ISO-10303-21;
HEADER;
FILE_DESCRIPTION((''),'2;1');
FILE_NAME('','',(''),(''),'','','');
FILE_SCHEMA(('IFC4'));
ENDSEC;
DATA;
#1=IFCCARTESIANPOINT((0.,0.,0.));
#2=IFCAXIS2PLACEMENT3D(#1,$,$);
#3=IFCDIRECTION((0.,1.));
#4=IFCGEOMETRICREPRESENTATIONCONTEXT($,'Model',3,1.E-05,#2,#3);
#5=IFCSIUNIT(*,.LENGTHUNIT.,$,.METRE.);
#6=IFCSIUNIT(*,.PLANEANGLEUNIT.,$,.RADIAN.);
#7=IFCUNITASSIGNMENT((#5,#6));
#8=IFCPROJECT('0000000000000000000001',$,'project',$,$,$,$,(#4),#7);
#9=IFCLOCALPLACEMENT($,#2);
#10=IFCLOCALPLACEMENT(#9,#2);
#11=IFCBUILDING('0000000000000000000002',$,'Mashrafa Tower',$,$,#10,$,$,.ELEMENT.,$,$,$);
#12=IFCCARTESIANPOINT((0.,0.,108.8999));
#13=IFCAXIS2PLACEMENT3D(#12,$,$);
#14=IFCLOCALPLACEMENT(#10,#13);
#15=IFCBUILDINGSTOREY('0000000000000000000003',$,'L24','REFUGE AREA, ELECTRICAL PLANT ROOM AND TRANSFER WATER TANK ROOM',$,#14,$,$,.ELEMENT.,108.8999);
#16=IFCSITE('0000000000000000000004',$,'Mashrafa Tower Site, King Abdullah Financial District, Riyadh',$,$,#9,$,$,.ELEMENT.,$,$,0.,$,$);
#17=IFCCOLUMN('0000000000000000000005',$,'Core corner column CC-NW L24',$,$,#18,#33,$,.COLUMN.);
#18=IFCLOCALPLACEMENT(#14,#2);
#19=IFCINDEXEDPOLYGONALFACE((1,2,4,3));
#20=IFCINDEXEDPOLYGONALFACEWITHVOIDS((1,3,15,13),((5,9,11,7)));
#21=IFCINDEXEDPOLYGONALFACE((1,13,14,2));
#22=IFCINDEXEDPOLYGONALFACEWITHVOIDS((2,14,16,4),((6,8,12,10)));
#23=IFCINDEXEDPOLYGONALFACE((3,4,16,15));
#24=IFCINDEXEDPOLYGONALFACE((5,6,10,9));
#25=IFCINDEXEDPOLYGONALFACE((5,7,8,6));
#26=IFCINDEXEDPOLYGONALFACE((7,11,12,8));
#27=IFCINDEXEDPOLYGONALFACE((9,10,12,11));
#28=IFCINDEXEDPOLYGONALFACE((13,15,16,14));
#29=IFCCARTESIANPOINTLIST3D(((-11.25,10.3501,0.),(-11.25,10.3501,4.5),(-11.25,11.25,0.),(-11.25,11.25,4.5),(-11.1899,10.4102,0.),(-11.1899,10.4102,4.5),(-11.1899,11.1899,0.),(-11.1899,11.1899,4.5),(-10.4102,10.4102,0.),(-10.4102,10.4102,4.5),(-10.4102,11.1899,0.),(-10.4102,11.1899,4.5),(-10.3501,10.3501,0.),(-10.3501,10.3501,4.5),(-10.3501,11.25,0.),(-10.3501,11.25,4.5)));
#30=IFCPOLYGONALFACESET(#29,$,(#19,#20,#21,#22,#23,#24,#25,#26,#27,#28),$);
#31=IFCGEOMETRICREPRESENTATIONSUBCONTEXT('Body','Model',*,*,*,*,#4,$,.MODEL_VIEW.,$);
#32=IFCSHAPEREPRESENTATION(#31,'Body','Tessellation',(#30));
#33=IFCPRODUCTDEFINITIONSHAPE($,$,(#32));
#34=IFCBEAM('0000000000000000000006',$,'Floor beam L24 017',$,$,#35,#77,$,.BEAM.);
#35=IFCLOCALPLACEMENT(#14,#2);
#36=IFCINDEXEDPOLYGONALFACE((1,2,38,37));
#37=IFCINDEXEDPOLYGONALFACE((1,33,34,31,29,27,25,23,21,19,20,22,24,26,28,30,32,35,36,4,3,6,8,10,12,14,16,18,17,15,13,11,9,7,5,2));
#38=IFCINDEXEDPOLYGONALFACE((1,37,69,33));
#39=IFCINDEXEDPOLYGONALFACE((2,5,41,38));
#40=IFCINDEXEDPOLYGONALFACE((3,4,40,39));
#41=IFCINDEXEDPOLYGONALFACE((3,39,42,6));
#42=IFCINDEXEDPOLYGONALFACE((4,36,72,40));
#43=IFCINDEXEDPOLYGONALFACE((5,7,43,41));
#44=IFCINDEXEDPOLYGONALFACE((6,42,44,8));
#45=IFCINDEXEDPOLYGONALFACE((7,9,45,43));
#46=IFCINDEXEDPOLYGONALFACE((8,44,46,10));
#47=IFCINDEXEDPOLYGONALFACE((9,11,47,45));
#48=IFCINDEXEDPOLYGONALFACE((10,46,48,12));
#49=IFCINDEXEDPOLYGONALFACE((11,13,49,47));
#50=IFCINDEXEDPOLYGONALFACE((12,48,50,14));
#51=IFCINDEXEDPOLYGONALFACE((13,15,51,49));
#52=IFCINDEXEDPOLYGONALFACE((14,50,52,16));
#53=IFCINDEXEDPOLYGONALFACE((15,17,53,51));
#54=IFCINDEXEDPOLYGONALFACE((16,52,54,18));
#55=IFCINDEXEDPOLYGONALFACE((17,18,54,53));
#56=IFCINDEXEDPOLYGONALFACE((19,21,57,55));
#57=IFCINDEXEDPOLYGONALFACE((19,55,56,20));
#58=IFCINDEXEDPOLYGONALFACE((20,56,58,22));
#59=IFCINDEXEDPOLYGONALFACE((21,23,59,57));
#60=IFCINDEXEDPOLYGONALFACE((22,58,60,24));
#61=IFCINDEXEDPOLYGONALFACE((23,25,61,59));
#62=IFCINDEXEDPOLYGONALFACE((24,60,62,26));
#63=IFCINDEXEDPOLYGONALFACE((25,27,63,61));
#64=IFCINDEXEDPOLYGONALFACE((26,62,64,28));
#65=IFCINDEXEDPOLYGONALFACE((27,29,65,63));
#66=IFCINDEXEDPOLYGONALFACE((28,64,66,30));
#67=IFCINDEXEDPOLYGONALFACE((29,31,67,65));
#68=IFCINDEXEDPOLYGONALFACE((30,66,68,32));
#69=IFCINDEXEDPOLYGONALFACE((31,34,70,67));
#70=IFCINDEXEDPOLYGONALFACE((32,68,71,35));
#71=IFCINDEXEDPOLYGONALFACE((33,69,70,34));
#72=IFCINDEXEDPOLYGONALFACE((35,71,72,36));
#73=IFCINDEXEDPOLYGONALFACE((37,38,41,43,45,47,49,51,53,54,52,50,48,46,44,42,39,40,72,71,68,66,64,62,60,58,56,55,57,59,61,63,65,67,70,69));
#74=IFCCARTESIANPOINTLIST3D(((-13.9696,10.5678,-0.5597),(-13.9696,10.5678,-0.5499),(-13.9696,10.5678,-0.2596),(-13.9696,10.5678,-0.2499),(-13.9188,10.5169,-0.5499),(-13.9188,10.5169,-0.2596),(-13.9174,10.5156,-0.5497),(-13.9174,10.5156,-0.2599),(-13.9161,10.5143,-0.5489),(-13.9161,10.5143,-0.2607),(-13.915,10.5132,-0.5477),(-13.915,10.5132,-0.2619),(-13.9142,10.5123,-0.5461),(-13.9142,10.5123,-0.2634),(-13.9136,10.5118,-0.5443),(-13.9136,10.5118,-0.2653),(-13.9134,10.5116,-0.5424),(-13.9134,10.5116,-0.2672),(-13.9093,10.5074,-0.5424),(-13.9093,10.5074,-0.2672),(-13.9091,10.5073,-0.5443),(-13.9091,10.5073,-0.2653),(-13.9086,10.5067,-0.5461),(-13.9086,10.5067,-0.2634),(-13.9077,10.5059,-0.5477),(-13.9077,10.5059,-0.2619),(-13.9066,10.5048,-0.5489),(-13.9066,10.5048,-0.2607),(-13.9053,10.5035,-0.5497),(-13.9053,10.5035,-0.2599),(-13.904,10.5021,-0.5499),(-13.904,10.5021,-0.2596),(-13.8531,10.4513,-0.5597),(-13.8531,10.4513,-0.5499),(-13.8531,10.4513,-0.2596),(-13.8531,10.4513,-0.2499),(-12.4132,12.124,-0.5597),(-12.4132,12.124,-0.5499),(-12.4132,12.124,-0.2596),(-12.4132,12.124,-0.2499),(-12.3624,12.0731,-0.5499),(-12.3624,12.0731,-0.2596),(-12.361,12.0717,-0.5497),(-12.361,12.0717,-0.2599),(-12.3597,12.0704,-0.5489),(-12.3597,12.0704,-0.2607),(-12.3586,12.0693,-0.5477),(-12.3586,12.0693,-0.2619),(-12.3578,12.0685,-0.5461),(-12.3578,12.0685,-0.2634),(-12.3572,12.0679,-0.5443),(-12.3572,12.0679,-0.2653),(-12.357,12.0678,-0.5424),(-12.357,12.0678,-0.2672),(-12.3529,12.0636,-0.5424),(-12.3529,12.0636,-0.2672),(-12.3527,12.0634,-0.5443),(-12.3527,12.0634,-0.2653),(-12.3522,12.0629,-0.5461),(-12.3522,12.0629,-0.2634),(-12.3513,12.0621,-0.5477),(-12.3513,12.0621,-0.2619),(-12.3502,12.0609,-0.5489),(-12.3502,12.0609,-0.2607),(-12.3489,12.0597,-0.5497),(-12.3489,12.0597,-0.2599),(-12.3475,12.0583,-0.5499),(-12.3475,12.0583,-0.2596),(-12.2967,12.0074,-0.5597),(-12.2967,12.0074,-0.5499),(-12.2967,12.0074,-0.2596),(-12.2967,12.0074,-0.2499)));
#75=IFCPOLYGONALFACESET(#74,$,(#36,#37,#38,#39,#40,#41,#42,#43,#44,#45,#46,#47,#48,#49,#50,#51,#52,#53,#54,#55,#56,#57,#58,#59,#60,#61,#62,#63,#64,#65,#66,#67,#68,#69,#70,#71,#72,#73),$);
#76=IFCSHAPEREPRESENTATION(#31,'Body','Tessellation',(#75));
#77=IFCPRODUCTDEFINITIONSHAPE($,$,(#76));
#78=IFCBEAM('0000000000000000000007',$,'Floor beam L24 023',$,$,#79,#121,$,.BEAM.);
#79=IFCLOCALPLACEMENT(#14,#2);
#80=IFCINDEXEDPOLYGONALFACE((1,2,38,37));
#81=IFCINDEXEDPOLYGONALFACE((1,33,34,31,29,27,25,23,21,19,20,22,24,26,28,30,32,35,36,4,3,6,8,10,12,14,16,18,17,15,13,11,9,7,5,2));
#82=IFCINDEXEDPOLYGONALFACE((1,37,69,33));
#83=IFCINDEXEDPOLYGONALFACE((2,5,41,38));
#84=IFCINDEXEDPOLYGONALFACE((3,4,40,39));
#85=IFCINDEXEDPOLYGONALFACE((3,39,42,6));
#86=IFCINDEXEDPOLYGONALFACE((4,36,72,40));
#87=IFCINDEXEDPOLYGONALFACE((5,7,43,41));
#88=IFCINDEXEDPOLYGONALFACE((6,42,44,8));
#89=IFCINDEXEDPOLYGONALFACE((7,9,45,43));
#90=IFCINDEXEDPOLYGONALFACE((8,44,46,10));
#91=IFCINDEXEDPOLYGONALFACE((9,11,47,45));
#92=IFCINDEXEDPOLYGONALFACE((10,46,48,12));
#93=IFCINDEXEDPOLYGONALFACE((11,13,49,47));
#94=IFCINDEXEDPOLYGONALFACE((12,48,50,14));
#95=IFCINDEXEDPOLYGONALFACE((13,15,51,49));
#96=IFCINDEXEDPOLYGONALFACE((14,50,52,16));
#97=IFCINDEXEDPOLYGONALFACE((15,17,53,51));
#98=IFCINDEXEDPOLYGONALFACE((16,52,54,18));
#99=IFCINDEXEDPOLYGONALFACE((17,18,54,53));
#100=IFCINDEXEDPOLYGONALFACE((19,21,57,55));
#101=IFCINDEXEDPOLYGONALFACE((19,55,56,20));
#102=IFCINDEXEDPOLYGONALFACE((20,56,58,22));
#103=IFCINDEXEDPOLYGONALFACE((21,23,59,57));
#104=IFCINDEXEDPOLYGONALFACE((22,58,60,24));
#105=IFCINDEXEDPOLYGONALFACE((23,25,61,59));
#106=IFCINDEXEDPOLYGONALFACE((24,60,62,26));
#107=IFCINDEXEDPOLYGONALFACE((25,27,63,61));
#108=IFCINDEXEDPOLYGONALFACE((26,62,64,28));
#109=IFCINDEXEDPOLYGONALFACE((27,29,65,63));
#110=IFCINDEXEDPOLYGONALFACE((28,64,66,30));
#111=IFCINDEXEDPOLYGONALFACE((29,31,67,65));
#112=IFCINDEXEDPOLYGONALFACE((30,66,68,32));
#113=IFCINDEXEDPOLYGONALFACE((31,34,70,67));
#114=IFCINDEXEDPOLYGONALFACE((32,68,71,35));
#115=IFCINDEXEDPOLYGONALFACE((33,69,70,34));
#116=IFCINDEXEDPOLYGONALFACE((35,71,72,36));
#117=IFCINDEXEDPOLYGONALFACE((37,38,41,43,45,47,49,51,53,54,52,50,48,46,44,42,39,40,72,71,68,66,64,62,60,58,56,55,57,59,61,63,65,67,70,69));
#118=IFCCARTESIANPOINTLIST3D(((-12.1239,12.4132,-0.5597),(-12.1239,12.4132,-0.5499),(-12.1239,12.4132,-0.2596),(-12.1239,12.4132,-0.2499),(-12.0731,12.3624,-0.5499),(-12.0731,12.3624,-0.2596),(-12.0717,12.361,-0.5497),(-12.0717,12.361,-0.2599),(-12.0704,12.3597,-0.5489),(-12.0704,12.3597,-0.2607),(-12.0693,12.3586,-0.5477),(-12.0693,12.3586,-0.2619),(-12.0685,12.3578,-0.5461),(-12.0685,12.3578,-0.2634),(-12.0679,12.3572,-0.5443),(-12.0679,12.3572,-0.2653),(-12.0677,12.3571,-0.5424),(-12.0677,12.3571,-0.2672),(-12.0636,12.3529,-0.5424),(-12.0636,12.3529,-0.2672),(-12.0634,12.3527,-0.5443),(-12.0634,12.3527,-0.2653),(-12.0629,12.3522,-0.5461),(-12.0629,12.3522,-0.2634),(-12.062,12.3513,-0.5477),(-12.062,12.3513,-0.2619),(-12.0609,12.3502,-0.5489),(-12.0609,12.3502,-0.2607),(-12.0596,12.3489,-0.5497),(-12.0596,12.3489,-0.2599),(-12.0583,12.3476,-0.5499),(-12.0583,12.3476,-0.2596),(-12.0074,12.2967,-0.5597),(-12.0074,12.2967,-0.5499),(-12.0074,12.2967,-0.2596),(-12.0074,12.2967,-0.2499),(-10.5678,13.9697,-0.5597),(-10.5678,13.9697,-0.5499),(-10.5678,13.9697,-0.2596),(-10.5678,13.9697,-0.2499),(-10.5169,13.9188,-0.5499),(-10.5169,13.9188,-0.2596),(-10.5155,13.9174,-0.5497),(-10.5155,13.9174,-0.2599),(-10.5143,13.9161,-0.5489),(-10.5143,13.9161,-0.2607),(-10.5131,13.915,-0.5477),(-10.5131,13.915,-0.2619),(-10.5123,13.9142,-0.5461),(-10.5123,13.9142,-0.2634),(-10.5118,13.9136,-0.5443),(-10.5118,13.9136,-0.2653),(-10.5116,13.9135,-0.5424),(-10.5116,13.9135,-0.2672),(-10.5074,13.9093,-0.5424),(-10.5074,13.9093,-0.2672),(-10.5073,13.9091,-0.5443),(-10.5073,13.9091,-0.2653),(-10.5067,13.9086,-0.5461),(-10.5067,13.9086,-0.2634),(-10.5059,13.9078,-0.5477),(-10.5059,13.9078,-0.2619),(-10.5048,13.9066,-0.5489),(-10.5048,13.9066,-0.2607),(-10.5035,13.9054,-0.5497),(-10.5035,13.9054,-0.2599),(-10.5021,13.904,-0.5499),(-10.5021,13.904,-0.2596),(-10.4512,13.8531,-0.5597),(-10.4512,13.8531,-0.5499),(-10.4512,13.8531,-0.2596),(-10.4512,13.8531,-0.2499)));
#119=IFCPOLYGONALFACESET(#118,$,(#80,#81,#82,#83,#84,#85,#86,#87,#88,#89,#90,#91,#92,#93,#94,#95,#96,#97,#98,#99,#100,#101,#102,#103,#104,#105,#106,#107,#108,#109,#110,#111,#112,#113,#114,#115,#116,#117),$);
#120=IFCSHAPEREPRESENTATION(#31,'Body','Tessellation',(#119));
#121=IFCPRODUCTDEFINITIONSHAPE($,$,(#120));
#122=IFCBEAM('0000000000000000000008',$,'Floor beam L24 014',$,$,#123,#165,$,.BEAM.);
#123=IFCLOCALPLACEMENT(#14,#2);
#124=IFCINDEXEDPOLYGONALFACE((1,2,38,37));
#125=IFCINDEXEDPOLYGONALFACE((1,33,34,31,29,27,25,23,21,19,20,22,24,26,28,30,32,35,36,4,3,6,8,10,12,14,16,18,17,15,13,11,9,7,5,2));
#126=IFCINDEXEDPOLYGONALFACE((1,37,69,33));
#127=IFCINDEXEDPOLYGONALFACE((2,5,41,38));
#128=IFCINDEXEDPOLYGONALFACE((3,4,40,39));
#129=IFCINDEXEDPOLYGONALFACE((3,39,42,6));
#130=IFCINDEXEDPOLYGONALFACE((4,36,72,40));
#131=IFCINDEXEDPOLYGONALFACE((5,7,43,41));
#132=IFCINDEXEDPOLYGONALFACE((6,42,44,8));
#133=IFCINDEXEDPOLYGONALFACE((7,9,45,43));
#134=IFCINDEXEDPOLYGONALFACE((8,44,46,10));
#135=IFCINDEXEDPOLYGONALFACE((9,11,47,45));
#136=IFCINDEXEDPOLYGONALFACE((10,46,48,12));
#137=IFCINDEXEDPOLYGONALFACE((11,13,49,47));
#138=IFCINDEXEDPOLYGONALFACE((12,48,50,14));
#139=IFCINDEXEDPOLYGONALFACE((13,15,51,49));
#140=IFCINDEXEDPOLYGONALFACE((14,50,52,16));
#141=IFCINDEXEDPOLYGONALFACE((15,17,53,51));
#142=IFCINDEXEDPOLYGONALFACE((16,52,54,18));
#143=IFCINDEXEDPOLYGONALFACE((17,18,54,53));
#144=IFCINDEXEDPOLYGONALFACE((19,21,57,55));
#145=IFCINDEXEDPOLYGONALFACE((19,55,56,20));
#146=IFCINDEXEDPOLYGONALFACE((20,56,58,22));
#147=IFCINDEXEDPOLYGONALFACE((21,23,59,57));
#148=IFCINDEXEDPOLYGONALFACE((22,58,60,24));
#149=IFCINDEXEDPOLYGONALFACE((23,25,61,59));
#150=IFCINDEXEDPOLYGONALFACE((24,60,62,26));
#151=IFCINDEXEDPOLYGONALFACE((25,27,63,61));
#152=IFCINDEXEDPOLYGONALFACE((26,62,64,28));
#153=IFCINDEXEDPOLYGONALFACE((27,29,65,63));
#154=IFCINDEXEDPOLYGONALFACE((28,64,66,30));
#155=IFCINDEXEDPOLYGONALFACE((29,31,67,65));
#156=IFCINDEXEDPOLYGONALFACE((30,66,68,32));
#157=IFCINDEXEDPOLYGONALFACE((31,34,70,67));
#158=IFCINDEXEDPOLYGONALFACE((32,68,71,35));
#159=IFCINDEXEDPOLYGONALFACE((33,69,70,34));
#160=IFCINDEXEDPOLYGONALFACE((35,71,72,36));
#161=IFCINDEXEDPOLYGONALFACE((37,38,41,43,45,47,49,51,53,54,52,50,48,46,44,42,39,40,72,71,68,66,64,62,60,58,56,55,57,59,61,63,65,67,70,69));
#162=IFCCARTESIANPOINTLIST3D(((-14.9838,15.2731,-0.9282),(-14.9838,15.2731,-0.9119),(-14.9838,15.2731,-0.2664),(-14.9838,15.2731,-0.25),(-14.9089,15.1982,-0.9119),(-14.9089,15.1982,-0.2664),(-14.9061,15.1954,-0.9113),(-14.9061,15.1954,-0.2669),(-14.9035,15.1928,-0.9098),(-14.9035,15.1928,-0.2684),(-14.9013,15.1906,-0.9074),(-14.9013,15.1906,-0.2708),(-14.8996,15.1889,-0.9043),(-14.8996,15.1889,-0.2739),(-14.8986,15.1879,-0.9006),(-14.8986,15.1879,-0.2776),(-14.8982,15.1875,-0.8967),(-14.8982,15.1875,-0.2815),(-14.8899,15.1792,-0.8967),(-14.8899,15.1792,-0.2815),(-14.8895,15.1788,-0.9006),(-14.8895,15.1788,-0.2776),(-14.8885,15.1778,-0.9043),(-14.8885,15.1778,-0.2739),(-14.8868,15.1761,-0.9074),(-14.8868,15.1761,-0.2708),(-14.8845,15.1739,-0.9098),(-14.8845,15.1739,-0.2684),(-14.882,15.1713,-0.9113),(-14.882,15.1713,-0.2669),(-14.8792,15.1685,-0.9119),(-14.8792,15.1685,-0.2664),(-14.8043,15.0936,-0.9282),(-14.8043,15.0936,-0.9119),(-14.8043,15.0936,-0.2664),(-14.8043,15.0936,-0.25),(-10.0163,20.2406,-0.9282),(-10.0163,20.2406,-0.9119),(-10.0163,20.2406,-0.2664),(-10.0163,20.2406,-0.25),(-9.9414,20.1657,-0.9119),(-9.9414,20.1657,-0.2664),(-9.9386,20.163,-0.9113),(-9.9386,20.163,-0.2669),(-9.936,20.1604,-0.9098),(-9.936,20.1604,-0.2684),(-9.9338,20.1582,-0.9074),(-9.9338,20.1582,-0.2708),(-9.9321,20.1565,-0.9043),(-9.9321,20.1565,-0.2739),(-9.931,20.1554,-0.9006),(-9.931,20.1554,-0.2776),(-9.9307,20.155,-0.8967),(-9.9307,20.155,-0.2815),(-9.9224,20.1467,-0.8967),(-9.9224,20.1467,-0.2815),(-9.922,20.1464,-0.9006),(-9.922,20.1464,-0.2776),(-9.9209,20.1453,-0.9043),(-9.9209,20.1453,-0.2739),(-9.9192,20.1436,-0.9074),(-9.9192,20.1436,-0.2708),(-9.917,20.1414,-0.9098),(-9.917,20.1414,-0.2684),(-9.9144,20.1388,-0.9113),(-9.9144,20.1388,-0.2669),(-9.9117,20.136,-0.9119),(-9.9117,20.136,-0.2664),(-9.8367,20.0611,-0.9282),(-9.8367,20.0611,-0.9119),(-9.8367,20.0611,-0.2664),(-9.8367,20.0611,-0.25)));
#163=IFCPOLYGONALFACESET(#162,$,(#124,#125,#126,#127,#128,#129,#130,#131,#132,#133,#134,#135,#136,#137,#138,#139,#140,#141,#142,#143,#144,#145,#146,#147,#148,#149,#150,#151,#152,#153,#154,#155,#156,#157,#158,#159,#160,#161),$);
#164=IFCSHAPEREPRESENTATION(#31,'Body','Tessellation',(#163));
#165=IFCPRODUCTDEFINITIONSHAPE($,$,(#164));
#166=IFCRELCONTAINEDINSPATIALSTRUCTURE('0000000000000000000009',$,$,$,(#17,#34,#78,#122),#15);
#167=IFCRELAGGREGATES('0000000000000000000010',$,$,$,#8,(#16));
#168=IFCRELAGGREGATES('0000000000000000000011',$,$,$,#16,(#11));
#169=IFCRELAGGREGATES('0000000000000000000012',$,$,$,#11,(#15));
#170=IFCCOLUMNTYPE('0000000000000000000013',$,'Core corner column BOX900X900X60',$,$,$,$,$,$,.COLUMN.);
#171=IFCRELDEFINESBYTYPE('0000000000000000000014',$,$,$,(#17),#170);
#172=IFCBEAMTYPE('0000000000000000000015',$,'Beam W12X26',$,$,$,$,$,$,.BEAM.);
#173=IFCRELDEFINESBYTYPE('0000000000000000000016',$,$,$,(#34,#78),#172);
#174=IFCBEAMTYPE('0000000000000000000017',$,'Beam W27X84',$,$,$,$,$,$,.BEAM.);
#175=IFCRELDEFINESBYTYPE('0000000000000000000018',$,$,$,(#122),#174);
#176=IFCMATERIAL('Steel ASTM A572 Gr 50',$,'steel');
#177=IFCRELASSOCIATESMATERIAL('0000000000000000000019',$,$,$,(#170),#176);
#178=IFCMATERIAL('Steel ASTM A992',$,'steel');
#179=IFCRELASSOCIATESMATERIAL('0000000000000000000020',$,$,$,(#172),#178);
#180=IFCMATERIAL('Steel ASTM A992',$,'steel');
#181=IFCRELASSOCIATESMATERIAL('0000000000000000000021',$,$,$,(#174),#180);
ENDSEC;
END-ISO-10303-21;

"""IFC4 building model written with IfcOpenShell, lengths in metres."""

from ifc_helpers import new_model, si_unit, direction, frame, origin, origin_2d, place, context, subcontext, project, spatial, hollow_rectangle, i_section, extrude, material, material_profile, profile_set, type_object, element, save


model = new_model("IFC4")

# Units and contexts
model_context = context("Model", 3, precision=1e-05, world=origin(), true_north=direction((0.0, 1.0)))
body_context = subcontext(model_context, "Body", "Model", "MODEL_VIEW")
ifc_project = project(units=[si_unit("LENGTHUNIT", "METRE"), si_unit("PLANEANGLEUNIT", "RADIAN")], contexts=[model_context])

# Site, building, storey
site_placement = place(None, origin())
site = spatial("IfcSite", under=ifc_project, at=site_placement, Name="Mashrafa Tower Site, King Abdullah Financial District, Riyadh", CompositionType="ELEMENT", RefElevation=0.0)
building_placement = place(site_placement, origin())
building = spatial("IfcBuilding", under=site, at=building_placement, Name="Mashrafa Tower", CompositionType="ELEMENT")
storey_placement = place(building_placement, frame((0.0, 0.0, 108.8999)))
storey = spatial("IfcBuildingStorey", under=building, at=storey_placement, Name="L24", Description="REFUGE AREA, ELECTRICAL PLANT ROOM AND TRANSFER WATER TANK ROOM", CompositionType="ELEMENT", Elevation=108.8999)

# Column
ifc_material_1 = material(Name="Steel ASTM A572 Gr 50", Category="steel")
ifc_material_profile_1 = material_profile(ifc_material_1, hollow_rectangle(XDim=0.8999, YDim=0.8999, WallThickness=0.0601, at=origin_2d()), Name="BOX900X900X60")
ifc_profile_set_1 = profile_set([ifc_material_profile_1], Name="Steel ASTM A572 Gr 50")
column_type = type_object("IfcColumnType", Name="Core corner column BOX900X900X60", PredefinedType="COLUMN", material=ifc_profile_set_1)
column_placement = place(storey_placement, frame((-10.8, 10.8, 0.0), z_axis=(0.0, 0.0, 1.0), x_axis=(1.0, 0.0, 0.0)))
element("IfcColumn", 1, at=column_placement, inside=storey, type_object=column_type, Name="Core corner column CC-NW L24", PredefinedType="COLUMN", context=body_context, shape_type="SweptSolid", body=[
    extrude(hollow_rectangle(XDim=0.8999, YDim=0.8999, WallThickness=0.0601, at=origin_2d()), origin(), (0.0, 0.0, 1.0), 4.5),
])

# Beams
ifc_material_2 = material(Name="Steel ASTM A992", Category="steel")
ifc_material_profile_2 = material_profile(ifc_material_2, i_section(OverallWidth=0.1648, OverallDepth=0.3098, WebThickness=0.0059, FlangeThickness=0.0098, FilletRadius=0.0076, at=origin_2d()), Name="W12X26")
ifc_profile_set_2 = profile_set([ifc_material_profile_2], Name="Steel ASTM A992")
beam_type_1 = type_object("IfcBeamType", Name="Beam W12X26", PredefinedType="BEAM", material=ifc_profile_set_2)
for number, where, z_axis, x_axis, name in (
    (2, (-13.9114, 10.5095, -0.4048), (0.707162, 0.707051, 0.0), (-0.707051, 0.707162, 0.0), "Floor beam L24 017"),
    (3, (-12.0657, 12.355, -0.4048), (0.707051, 0.707162, 0.0), (-0.707162, 0.707051, 0.0), "Floor beam L24 023"),
):
    element("IfcBeam", number, at=place(storey_placement, frame(where, z_axis=z_axis, x_axis=x_axis)), inside=storey, type_object=beam_type_1, Name=name, PredefinedType="BEAM", context=body_context, shape_type="SweptSolid", body=[
        extrude(i_section(OverallWidth=0.1648, OverallDepth=0.3098, WebThickness=0.0059, FlangeThickness=0.0098, FilletRadius=0.0076, at=origin_2d()), origin(), (0.0, 0.0, 1.0), 2.2009),
    ])
ifc_material_3 = material(Name="Steel ASTM A992", Category="steel")
ifc_material_profile_3 = material_profile(ifc_material_3, i_section(OverallWidth=0.2539, OverallDepth=0.6782, WebThickness=0.0117, FlangeThickness=0.0164, FilletRadius=0.0151, at=origin_2d()), Name="W27X84")
ifc_profile_set_3 = profile_set([ifc_material_profile_3], Name="Steel ASTM A992")
beam_type_2 = type_object("IfcBeamType", Name="Beam W27X84", PredefinedType="BEAM", material=ifc_profile_set_3)
beam_1_placement = place(storey_placement, frame((-14.894, 15.1833, -0.5891), z_axis=(0.707107, 0.707107, 0.0), x_axis=(-0.707107, 0.707107, 0.0)))
element("IfcBeam", 4, at=beam_1_placement, inside=storey, type_object=beam_type_2, Name="Floor beam L24 014", PredefinedType="BEAM", context=body_context, shape_type="SweptSolid", body=[
    extrude(i_section(OverallWidth=0.2539, OverallDepth=0.6782, WebThickness=0.0117, FlangeThickness=0.0164, FilletRadius=0.0151, at=origin_2d()), origin(), (0.0, 0.0, 1.0), 7.0251),
])

save(model, "model.ifc")
